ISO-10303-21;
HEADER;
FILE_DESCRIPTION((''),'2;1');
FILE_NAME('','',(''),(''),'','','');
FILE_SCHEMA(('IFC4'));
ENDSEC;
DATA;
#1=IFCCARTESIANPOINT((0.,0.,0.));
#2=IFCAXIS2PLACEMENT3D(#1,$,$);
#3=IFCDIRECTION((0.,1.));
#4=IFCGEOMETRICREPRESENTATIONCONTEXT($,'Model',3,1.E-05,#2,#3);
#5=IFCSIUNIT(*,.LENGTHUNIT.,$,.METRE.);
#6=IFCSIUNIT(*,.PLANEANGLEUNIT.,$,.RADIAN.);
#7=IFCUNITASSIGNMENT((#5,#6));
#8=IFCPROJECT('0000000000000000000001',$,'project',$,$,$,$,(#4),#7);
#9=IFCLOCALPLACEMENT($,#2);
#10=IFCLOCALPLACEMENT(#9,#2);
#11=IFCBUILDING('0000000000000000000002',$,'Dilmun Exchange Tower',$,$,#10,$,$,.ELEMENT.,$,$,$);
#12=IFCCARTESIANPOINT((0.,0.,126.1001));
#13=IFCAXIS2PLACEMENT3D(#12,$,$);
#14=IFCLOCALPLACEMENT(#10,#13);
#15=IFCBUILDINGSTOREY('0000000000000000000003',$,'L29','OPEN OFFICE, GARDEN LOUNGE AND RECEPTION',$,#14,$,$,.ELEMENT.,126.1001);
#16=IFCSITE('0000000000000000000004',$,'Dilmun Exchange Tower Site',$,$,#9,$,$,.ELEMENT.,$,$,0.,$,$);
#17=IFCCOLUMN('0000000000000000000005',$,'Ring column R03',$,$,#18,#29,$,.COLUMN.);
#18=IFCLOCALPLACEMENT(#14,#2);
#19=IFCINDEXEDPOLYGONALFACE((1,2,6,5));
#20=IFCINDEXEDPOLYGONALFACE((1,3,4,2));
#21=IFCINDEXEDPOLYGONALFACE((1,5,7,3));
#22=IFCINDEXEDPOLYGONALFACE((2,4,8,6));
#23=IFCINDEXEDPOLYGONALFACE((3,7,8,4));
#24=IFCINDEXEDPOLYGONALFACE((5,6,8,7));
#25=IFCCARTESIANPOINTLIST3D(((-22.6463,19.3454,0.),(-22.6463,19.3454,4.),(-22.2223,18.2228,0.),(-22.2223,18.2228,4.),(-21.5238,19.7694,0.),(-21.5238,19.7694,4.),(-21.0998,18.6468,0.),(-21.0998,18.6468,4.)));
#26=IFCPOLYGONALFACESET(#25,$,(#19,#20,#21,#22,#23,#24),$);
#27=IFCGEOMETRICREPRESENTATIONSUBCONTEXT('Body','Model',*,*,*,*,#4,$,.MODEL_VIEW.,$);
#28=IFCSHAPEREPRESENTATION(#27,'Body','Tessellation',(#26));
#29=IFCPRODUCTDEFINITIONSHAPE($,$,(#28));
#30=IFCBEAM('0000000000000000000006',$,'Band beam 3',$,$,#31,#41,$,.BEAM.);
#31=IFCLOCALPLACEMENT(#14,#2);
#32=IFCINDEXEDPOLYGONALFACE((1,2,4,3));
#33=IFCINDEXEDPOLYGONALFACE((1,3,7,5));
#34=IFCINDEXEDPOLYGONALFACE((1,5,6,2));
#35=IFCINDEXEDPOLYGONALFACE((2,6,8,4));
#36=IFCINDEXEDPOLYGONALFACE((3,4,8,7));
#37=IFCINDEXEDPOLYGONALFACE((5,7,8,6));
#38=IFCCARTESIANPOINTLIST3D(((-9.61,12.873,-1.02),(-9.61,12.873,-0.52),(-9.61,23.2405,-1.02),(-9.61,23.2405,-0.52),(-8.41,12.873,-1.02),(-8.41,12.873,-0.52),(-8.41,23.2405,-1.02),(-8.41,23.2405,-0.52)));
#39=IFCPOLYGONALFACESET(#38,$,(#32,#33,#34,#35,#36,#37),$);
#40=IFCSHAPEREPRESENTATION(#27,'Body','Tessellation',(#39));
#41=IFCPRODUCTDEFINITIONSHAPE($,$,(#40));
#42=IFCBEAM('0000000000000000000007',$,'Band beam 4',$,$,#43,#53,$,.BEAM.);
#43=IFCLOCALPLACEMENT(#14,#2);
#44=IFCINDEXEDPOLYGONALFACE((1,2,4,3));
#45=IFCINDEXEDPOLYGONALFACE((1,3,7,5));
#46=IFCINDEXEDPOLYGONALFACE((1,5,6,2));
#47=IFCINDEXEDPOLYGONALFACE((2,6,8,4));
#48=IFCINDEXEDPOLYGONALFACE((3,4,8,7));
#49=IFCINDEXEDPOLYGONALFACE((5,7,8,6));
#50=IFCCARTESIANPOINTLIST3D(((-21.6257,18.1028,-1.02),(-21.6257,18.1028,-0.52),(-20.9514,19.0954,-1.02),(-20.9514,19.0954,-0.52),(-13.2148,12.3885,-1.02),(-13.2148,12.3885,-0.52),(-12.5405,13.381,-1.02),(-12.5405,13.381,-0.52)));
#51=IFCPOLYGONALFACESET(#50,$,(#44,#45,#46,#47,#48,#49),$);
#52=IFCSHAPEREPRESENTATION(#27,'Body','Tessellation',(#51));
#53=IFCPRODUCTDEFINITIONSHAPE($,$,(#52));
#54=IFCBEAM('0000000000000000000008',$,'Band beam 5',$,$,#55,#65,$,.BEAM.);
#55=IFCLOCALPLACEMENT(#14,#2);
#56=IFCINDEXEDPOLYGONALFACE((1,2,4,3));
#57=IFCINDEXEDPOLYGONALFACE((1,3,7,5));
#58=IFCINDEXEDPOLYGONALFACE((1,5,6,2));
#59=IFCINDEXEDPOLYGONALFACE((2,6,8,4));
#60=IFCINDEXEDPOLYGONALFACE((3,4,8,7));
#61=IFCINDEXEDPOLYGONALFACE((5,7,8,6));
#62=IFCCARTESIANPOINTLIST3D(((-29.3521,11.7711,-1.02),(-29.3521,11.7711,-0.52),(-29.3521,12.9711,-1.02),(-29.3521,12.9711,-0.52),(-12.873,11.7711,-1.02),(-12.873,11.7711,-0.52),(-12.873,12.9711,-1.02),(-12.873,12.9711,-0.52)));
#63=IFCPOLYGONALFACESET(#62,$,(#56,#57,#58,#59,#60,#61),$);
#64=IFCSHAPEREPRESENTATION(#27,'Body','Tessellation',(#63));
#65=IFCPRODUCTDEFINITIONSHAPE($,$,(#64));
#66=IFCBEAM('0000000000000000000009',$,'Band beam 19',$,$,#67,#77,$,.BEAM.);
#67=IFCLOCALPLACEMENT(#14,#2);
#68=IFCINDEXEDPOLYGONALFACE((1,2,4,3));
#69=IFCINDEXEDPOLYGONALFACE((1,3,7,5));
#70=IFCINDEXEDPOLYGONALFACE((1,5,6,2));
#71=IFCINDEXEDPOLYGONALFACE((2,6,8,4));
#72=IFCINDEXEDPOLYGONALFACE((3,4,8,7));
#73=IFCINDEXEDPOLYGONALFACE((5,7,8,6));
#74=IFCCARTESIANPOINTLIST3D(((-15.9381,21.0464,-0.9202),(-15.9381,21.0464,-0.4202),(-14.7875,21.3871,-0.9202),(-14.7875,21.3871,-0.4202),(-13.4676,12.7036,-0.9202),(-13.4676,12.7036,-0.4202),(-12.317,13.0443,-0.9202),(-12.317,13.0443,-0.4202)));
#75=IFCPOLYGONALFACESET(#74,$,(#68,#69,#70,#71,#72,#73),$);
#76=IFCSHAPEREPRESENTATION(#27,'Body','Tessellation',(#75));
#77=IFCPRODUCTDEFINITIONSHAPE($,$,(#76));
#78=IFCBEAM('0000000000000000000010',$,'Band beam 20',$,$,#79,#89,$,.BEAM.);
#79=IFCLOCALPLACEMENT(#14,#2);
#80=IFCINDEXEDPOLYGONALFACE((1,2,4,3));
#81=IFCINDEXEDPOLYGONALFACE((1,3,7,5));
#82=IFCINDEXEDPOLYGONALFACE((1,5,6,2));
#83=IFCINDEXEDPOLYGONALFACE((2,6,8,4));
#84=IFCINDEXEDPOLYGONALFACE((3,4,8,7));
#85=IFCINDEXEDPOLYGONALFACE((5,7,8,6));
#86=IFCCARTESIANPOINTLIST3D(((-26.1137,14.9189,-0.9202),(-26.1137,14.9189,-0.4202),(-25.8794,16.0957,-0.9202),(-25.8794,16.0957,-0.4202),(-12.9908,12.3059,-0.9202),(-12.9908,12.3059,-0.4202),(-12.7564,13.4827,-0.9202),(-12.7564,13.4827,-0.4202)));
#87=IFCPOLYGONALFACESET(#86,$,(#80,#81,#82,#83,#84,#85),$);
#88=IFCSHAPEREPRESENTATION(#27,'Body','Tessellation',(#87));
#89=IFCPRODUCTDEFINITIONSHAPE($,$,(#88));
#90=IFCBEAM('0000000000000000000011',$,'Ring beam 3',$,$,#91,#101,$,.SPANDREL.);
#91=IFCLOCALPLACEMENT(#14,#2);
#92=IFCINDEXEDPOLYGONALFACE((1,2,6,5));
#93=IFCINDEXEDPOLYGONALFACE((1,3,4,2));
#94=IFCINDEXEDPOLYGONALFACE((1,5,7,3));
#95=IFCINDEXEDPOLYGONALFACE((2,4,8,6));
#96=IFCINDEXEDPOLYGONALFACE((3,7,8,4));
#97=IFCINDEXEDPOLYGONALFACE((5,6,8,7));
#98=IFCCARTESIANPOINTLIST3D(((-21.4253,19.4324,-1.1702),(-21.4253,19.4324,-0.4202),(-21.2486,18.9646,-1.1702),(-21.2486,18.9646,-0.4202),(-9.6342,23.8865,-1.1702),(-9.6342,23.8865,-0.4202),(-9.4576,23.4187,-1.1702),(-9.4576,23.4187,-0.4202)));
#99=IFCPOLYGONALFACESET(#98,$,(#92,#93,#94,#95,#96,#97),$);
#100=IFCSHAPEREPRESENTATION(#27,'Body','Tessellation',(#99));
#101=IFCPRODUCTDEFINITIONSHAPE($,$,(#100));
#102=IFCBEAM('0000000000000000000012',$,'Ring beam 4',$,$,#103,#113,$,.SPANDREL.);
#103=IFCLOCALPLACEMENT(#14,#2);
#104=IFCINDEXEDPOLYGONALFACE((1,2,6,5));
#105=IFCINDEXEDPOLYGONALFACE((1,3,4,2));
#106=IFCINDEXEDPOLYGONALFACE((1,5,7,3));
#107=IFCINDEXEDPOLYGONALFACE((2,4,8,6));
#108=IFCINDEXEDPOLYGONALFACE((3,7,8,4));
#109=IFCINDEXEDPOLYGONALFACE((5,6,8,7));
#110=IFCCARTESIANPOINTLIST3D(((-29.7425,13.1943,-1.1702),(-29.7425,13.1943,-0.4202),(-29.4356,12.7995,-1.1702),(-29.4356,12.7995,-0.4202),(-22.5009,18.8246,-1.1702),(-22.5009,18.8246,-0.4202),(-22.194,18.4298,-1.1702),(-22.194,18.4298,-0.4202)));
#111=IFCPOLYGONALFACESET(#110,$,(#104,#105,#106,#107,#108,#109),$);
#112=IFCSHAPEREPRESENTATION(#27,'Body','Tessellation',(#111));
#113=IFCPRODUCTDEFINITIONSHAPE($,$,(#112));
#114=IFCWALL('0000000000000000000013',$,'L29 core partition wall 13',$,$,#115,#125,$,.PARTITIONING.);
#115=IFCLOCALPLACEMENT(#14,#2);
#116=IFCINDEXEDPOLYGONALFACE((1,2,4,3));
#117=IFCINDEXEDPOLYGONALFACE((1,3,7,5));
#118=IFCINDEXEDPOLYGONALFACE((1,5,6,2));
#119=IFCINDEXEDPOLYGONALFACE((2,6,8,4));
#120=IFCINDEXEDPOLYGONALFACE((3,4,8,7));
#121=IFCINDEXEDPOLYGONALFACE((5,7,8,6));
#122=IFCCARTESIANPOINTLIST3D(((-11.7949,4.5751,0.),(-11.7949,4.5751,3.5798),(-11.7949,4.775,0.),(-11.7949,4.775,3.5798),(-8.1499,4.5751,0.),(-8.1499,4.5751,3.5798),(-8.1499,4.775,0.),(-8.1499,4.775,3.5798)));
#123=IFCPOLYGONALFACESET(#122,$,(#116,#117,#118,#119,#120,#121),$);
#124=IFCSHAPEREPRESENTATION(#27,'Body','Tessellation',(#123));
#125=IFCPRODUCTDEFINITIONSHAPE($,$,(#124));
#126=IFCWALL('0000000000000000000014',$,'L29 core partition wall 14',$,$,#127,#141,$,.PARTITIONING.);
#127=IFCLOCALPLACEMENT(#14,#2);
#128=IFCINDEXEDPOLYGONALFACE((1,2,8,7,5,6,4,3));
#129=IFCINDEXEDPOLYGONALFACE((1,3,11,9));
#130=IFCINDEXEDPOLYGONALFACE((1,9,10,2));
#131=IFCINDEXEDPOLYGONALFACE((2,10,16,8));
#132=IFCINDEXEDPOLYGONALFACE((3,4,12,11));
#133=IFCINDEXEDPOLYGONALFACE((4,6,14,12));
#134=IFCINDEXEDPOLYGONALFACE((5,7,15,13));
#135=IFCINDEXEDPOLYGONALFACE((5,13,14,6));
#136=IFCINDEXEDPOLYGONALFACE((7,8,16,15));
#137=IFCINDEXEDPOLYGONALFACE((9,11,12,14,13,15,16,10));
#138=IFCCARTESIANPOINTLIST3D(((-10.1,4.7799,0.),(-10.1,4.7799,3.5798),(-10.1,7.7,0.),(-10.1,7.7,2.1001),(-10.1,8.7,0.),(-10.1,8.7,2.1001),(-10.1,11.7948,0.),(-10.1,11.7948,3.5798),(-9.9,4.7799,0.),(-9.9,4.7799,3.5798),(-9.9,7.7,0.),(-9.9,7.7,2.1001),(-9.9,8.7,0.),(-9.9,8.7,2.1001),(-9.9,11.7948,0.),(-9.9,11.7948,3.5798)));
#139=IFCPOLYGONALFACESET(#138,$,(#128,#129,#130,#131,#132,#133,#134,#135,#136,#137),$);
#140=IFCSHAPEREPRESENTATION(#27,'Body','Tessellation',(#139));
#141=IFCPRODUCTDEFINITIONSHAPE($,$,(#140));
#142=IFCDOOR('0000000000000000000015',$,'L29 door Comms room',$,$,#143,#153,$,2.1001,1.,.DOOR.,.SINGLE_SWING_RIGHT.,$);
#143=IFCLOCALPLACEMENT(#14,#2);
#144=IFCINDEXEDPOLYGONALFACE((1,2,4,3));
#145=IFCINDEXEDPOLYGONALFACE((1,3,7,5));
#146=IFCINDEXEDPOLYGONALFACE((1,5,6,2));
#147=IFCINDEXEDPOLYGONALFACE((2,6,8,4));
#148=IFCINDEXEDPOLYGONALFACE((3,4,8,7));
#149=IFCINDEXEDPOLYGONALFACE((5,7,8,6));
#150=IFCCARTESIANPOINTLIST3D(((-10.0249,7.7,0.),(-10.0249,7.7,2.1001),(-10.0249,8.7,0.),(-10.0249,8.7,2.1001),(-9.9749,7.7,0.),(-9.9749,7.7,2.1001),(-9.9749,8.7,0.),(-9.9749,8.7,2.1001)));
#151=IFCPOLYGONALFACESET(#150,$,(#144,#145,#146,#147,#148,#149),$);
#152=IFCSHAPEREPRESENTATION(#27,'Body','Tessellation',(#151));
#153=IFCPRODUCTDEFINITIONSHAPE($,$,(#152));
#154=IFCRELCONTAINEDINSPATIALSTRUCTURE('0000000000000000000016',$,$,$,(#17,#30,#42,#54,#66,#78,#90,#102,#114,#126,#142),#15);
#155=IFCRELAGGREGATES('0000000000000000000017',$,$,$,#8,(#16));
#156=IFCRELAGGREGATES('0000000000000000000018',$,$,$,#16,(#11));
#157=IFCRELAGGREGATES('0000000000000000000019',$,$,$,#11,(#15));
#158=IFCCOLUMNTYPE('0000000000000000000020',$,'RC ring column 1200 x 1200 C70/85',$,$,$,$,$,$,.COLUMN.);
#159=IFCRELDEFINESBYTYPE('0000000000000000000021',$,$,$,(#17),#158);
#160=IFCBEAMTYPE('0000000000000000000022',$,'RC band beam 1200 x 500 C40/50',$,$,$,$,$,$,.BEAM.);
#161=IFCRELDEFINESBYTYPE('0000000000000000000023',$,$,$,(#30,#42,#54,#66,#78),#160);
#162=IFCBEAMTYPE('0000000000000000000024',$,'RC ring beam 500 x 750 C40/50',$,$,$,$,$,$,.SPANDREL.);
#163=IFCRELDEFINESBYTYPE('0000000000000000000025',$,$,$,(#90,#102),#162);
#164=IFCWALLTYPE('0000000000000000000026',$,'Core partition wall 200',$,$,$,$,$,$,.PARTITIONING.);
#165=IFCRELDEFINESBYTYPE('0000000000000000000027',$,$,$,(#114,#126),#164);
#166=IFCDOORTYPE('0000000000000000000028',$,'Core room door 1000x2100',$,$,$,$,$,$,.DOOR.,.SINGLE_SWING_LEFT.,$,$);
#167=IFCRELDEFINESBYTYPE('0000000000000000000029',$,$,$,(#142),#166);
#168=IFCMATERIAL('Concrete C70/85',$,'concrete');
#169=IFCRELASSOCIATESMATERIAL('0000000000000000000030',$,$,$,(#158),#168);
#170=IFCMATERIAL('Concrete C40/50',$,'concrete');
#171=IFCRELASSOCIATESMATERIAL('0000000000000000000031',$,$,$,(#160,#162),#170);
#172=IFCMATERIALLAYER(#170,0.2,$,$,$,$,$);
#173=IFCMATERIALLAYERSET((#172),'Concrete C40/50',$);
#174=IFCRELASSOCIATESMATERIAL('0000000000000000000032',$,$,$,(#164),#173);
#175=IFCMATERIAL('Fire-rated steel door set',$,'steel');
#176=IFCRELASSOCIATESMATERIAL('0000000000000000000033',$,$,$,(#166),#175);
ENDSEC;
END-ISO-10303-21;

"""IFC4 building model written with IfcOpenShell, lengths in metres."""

from ifc_helpers import new_model, si_unit, direction, frame, frame_2d, origin, origin_2d, place, context, subcontext, project, spatial, rectangle, extrude, material, layer, layer_set, material_profile, profile_set, type_object, element, fill, save


model = new_model("IFC4")

# Units and contexts
model_context = context("Model", 3, precision=1e-05, world=origin(), true_north=direction((0.0, 1.0)))
body_context = subcontext(model_context, "Body", "Model", "MODEL_VIEW")
ifc_project = project(units=[si_unit("LENGTHUNIT", "METRE"), si_unit("PLANEANGLEUNIT", "RADIAN")], contexts=[model_context])

# Site, building, storey
site_placement = place(None, origin())
site = spatial("IfcSite", under=ifc_project, at=site_placement, Name="Dilmun Exchange Tower Site", CompositionType="ELEMENT", RefElevation=0.0)
building_placement = place(site_placement, origin())
building = spatial("IfcBuilding", under=site, at=building_placement, Name="Dilmun Exchange Tower", CompositionType="ELEMENT")
storey_placement = place(building_placement, frame((0.0, 0.0, 126.1001)))
storey = spatial("IfcBuildingStorey", under=building, at=storey_placement, Name="L29", Description="OPEN OFFICE, GARDEN LOUNGE AND RECEPTION", CompositionType="ELEMENT", Elevation=126.1001)

# Column
ifc_material_1 = material(Name="Concrete C70/85", Category="concrete")
ifc_material_profile_1 = material_profile(ifc_material_1, rectangle(XDim=1.2, YDim=1.2, at=origin_2d()), Name="1200 x 1200")
ifc_profile_set_1 = profile_set([ifc_material_profile_1], Name="Concrete C70/85")
column_type = type_object("IfcColumnType", Name="RC ring column 1200 x 1200 C70/85", PredefinedType="COLUMN", material=ifc_profile_set_1)
column_placement = place(storey_placement, frame((-21.873, 18.9961, 0.0), z_axis=(0.0, 0.0, 1.0), x_axis=(0.935492, 0.353349, 0.0)))
element("IfcColumn", 1, at=column_placement, inside=storey, type_object=column_type, Name="Ring column R03", PredefinedType="COLUMN", context=body_context, shape_type="SweptSolid", body=[
    extrude(rectangle(XDim=1.2, YDim=1.2, at=origin_2d()), origin(), (0.0, 0.0, 1.0), 4.0),
])

# Beams
ifc_material_2 = material(Name="Concrete C40/50", Category="concrete")
ifc_material_profile_2 = material_profile(ifc_material_2, rectangle(XDim=1.2, YDim=0.5, at=origin_2d()), Name="1200 x 500")
ifc_profile_set_2 = profile_set([ifc_material_profile_2], Name="Concrete C40/50")
beam_type_1 = type_object("IfcBeamType", Name="RC band beam 1200 x 500 C40/50", PredefinedType="BEAM", material=ifc_profile_set_2)
beam_1_placement = place(storey_placement, frame((-9.01, 23.2405, -0.77), z_axis=(0.0, -1.0, 0.0), x_axis=(1.0, 0.0, 0.0)))
element("IfcBeam", 2, at=beam_1_placement, inside=storey, type_object=beam_type_1, Name="Band beam 3", PredefinedType="BEAM", context=body_context, shape_type="SweptSolid", body=[
    extrude(rectangle(XDim=1.2, YDim=0.5, at=origin_2d()), origin(), (0.0, 0.0, 1.0), 10.3674),
])
beam_2_placement = place(storey_placement, frame((-21.2886, 18.5991, -0.77), z_axis=(0.827157, -0.56197, 0.0), x_axis=(0.56197, 0.827157, 0.0)))
element("IfcBeam", 3, at=beam_2_placement, inside=storey, type_object=beam_type_1, Name="Band beam 4", PredefinedType="BEAM", context=body_context, shape_type="SweptSolid", body=[
    extrude(rectangle(XDim=1.2, YDim=0.5, at=origin_2d()), origin(), (0.0, 0.0, 1.0), 10.1685),
])
beam_3_placement = place(storey_placement, frame((-29.3521, 12.3711, -0.77), z_axis=(1.0, 0.0, 0.0), x_axis=(0.0, 1.0, 0.0)))
element("IfcBeam", 4, at=beam_3_placement, inside=storey, type_object=beam_type_1, Name="Band beam 5", PredefinedType="BEAM", context=body_context, shape_type="SweptSolid", body=[
    extrude(rectangle(XDim=1.2, YDim=0.5, at=origin_2d()), origin(), (0.0, 0.0, 1.0), 16.479),
])
beam_4_placement = place(storey_placement, frame((-15.3628, 21.2168, -0.6702), z_axis=(0.283933, -0.958844, 0.0), x_axis=(0.958844, 0.283933, 0.0)))
element("IfcBeam", 5, at=beam_4_placement, inside=storey, type_object=beam_type_1, Name="Band beam 19", PredefinedType="BEAM", context=body_context, shape_type="SweptSolid", body=[
    extrude(rectangle(XDim=1.2, YDim=0.5, at=origin_2d()), origin(), (0.0, 0.0, 1.0), 8.7009),
])
beam_5_placement = place(storey_placement, frame((-25.9966, 15.5073, -0.6702), z_axis=(0.980747, -0.195284, 0.0), x_axis=(0.195284, 0.980747, 0.0)))
element("IfcBeam", 6, at=beam_5_placement, inside=storey, type_object=beam_type_1, Name="Band beam 20", PredefinedType="BEAM", context=body_context, shape_type="SweptSolid", body=[
    extrude(rectangle(XDim=1.2, YDim=0.5, at=origin_2d()), origin(), (0.0, 0.0, 1.0), 13.3806),
])
ifc_material_profile_3 = material_profile(ifc_material_2, rectangle(XDim=0.5, YDim=0.75, at=origin_2d()), Name="500 x 750")
ifc_profile_set_3 = profile_set([ifc_material_profile_3], Name="Concrete C40/50")
beam_type_2 = type_object("IfcBeamType", Name="RC ring beam 500 x 750 C40/50", PredefinedType="SPANDREL", material=ifc_profile_set_3)
beam_6_placement = place(storey_placement, frame((-9.5459, 23.6526, -0.7952), z_axis=(-0.935479, -0.353381, 0.0), x_axis=(0.353381, -0.935479, 0.0)))
element("IfcBeam", 7, at=beam_6_placement, inside=storey, type_object=beam_type_2, Name="Ring beam 3", PredefinedType="SPANDREL", context=body_context, shape_type="SweptSolid", body=[
    extrude(rectangle(XDim=0.5, YDim=0.75, at=origin_2d()), origin(), (0.0, 0.0, 1.0), 12.6042),
])
beam_7_placement = place(storey_placement, frame((-22.3474, 18.6272, -0.7952), z_axis=(-0.789461, -0.613801, 0.0), x_axis=(0.613801, -0.789461, 0.0)))
element("IfcBeam", 8, at=beam_7_placement, inside=storey, type_object=beam_type_2, Name="Ring beam 4", PredefinedType="SPANDREL", context=body_context, shape_type="SweptSolid", body=[
    extrude(rectangle(XDim=0.5, YDim=0.75, at=origin_2d()), origin(), (0.0, 0.0, 1.0), 9.1729),
])

# Wall
ifc_layer_1 = layer(ifc_material_2, 0.2)
ifc_layer_set_1 = layer_set([ifc_layer_1], Name="Concrete C40/50")
wall_type_1 = type_object("IfcWallType", Name="Core partition wall 200", PredefinedType="PARTITIONING", material=ifc_layer_set_1)
wall_1_placement = place(storey_placement, frame((-11.7949, 4.675, 0.0), z_axis=(0.0, 0.0, 1.0), x_axis=(1.0, 0.0, 0.0)))
element("IfcWall", 9, at=wall_1_placement, inside=storey, type_object=wall_type_1, Name="L29 core partition wall 13", PredefinedType="PARTITIONING", context=body_context, shape_type="SweptSolid", body=[
    extrude(rectangle(XDim=3.645, YDim=0.2, at=frame_2d((1.8225, 0.0))), origin(), (0.0, 0.0, 1.0), 3.5798),
])

# Wall, opening, door
wall_2_placement = place(storey_placement, frame((-10.0, 4.78, 0.0), z_axis=(0.0, 0.0, 1.0), x_axis=(0.0, 1.0, 0.0)))
wall_2 = element("IfcWall", 10, at=wall_2_placement, inside=storey, type_object=wall_type_1, Name="L29 core partition wall 14", PredefinedType="PARTITIONING", context=body_context, shape_type="SweptSolid", body=[
    extrude(rectangle(XDim=7.0149, YDim=0.2, at=frame_2d((3.5073, 0.0))), origin(), (0.0, 0.0, 1.0), 3.5798),
])
opening_1_placement = place(wall_2_placement, frame((2.9199, 0.0, 0.0)))
opening_1 = element("IfcOpeningElement", 11, at=opening_1_placement, cuts=wall_2, PredefinedType="OPENING", context=body_context, shape_type="SweptSolid", body=[
    extrude(rectangle(XDim=1.0, YDim=2.1001, at=frame_2d((0.5, 1.05))), frame((0.0, 0.1099, 0.0), z_axis=(0.0, -1.0, 0.0), x_axis=(1.0, 0.0, 0.0)), (0.0, 0.0, 1.0), 0.22),
])
ifc_material_3 = material(Name="Fire-rated steel door set", Category="steel")
door_type_1 = type_object("IfcDoorType", Name="Core room door 1000x2100", OperationType="SINGLE_SWING_LEFT", PredefinedType="DOOR", material=ifc_material_3)
door_1_placement = place(opening_1_placement, origin())
door_1 = element("IfcDoor", 12, at=door_1_placement, inside=storey, type_object=door_type_1, Name="L29 door Comms room", OperationType="SINGLE_SWING_RIGHT", OverallHeight=2.1001, OverallWidth=1.0, PredefinedType="DOOR", context=body_context, shape_type="SweptSolid", body=[
    extrude(rectangle(XDim=1.0, YDim=2.1001, at=frame_2d((0.5, 1.05))), frame((0.0, 0.0249, 0.0), z_axis=(0.0, -1.0, 0.0), x_axis=(1.0, 0.0, 0.0)), (0.0, 0.0, 1.0), 0.05),
])
fill(opening_1, door_1)

save(model, "model.ifc")
